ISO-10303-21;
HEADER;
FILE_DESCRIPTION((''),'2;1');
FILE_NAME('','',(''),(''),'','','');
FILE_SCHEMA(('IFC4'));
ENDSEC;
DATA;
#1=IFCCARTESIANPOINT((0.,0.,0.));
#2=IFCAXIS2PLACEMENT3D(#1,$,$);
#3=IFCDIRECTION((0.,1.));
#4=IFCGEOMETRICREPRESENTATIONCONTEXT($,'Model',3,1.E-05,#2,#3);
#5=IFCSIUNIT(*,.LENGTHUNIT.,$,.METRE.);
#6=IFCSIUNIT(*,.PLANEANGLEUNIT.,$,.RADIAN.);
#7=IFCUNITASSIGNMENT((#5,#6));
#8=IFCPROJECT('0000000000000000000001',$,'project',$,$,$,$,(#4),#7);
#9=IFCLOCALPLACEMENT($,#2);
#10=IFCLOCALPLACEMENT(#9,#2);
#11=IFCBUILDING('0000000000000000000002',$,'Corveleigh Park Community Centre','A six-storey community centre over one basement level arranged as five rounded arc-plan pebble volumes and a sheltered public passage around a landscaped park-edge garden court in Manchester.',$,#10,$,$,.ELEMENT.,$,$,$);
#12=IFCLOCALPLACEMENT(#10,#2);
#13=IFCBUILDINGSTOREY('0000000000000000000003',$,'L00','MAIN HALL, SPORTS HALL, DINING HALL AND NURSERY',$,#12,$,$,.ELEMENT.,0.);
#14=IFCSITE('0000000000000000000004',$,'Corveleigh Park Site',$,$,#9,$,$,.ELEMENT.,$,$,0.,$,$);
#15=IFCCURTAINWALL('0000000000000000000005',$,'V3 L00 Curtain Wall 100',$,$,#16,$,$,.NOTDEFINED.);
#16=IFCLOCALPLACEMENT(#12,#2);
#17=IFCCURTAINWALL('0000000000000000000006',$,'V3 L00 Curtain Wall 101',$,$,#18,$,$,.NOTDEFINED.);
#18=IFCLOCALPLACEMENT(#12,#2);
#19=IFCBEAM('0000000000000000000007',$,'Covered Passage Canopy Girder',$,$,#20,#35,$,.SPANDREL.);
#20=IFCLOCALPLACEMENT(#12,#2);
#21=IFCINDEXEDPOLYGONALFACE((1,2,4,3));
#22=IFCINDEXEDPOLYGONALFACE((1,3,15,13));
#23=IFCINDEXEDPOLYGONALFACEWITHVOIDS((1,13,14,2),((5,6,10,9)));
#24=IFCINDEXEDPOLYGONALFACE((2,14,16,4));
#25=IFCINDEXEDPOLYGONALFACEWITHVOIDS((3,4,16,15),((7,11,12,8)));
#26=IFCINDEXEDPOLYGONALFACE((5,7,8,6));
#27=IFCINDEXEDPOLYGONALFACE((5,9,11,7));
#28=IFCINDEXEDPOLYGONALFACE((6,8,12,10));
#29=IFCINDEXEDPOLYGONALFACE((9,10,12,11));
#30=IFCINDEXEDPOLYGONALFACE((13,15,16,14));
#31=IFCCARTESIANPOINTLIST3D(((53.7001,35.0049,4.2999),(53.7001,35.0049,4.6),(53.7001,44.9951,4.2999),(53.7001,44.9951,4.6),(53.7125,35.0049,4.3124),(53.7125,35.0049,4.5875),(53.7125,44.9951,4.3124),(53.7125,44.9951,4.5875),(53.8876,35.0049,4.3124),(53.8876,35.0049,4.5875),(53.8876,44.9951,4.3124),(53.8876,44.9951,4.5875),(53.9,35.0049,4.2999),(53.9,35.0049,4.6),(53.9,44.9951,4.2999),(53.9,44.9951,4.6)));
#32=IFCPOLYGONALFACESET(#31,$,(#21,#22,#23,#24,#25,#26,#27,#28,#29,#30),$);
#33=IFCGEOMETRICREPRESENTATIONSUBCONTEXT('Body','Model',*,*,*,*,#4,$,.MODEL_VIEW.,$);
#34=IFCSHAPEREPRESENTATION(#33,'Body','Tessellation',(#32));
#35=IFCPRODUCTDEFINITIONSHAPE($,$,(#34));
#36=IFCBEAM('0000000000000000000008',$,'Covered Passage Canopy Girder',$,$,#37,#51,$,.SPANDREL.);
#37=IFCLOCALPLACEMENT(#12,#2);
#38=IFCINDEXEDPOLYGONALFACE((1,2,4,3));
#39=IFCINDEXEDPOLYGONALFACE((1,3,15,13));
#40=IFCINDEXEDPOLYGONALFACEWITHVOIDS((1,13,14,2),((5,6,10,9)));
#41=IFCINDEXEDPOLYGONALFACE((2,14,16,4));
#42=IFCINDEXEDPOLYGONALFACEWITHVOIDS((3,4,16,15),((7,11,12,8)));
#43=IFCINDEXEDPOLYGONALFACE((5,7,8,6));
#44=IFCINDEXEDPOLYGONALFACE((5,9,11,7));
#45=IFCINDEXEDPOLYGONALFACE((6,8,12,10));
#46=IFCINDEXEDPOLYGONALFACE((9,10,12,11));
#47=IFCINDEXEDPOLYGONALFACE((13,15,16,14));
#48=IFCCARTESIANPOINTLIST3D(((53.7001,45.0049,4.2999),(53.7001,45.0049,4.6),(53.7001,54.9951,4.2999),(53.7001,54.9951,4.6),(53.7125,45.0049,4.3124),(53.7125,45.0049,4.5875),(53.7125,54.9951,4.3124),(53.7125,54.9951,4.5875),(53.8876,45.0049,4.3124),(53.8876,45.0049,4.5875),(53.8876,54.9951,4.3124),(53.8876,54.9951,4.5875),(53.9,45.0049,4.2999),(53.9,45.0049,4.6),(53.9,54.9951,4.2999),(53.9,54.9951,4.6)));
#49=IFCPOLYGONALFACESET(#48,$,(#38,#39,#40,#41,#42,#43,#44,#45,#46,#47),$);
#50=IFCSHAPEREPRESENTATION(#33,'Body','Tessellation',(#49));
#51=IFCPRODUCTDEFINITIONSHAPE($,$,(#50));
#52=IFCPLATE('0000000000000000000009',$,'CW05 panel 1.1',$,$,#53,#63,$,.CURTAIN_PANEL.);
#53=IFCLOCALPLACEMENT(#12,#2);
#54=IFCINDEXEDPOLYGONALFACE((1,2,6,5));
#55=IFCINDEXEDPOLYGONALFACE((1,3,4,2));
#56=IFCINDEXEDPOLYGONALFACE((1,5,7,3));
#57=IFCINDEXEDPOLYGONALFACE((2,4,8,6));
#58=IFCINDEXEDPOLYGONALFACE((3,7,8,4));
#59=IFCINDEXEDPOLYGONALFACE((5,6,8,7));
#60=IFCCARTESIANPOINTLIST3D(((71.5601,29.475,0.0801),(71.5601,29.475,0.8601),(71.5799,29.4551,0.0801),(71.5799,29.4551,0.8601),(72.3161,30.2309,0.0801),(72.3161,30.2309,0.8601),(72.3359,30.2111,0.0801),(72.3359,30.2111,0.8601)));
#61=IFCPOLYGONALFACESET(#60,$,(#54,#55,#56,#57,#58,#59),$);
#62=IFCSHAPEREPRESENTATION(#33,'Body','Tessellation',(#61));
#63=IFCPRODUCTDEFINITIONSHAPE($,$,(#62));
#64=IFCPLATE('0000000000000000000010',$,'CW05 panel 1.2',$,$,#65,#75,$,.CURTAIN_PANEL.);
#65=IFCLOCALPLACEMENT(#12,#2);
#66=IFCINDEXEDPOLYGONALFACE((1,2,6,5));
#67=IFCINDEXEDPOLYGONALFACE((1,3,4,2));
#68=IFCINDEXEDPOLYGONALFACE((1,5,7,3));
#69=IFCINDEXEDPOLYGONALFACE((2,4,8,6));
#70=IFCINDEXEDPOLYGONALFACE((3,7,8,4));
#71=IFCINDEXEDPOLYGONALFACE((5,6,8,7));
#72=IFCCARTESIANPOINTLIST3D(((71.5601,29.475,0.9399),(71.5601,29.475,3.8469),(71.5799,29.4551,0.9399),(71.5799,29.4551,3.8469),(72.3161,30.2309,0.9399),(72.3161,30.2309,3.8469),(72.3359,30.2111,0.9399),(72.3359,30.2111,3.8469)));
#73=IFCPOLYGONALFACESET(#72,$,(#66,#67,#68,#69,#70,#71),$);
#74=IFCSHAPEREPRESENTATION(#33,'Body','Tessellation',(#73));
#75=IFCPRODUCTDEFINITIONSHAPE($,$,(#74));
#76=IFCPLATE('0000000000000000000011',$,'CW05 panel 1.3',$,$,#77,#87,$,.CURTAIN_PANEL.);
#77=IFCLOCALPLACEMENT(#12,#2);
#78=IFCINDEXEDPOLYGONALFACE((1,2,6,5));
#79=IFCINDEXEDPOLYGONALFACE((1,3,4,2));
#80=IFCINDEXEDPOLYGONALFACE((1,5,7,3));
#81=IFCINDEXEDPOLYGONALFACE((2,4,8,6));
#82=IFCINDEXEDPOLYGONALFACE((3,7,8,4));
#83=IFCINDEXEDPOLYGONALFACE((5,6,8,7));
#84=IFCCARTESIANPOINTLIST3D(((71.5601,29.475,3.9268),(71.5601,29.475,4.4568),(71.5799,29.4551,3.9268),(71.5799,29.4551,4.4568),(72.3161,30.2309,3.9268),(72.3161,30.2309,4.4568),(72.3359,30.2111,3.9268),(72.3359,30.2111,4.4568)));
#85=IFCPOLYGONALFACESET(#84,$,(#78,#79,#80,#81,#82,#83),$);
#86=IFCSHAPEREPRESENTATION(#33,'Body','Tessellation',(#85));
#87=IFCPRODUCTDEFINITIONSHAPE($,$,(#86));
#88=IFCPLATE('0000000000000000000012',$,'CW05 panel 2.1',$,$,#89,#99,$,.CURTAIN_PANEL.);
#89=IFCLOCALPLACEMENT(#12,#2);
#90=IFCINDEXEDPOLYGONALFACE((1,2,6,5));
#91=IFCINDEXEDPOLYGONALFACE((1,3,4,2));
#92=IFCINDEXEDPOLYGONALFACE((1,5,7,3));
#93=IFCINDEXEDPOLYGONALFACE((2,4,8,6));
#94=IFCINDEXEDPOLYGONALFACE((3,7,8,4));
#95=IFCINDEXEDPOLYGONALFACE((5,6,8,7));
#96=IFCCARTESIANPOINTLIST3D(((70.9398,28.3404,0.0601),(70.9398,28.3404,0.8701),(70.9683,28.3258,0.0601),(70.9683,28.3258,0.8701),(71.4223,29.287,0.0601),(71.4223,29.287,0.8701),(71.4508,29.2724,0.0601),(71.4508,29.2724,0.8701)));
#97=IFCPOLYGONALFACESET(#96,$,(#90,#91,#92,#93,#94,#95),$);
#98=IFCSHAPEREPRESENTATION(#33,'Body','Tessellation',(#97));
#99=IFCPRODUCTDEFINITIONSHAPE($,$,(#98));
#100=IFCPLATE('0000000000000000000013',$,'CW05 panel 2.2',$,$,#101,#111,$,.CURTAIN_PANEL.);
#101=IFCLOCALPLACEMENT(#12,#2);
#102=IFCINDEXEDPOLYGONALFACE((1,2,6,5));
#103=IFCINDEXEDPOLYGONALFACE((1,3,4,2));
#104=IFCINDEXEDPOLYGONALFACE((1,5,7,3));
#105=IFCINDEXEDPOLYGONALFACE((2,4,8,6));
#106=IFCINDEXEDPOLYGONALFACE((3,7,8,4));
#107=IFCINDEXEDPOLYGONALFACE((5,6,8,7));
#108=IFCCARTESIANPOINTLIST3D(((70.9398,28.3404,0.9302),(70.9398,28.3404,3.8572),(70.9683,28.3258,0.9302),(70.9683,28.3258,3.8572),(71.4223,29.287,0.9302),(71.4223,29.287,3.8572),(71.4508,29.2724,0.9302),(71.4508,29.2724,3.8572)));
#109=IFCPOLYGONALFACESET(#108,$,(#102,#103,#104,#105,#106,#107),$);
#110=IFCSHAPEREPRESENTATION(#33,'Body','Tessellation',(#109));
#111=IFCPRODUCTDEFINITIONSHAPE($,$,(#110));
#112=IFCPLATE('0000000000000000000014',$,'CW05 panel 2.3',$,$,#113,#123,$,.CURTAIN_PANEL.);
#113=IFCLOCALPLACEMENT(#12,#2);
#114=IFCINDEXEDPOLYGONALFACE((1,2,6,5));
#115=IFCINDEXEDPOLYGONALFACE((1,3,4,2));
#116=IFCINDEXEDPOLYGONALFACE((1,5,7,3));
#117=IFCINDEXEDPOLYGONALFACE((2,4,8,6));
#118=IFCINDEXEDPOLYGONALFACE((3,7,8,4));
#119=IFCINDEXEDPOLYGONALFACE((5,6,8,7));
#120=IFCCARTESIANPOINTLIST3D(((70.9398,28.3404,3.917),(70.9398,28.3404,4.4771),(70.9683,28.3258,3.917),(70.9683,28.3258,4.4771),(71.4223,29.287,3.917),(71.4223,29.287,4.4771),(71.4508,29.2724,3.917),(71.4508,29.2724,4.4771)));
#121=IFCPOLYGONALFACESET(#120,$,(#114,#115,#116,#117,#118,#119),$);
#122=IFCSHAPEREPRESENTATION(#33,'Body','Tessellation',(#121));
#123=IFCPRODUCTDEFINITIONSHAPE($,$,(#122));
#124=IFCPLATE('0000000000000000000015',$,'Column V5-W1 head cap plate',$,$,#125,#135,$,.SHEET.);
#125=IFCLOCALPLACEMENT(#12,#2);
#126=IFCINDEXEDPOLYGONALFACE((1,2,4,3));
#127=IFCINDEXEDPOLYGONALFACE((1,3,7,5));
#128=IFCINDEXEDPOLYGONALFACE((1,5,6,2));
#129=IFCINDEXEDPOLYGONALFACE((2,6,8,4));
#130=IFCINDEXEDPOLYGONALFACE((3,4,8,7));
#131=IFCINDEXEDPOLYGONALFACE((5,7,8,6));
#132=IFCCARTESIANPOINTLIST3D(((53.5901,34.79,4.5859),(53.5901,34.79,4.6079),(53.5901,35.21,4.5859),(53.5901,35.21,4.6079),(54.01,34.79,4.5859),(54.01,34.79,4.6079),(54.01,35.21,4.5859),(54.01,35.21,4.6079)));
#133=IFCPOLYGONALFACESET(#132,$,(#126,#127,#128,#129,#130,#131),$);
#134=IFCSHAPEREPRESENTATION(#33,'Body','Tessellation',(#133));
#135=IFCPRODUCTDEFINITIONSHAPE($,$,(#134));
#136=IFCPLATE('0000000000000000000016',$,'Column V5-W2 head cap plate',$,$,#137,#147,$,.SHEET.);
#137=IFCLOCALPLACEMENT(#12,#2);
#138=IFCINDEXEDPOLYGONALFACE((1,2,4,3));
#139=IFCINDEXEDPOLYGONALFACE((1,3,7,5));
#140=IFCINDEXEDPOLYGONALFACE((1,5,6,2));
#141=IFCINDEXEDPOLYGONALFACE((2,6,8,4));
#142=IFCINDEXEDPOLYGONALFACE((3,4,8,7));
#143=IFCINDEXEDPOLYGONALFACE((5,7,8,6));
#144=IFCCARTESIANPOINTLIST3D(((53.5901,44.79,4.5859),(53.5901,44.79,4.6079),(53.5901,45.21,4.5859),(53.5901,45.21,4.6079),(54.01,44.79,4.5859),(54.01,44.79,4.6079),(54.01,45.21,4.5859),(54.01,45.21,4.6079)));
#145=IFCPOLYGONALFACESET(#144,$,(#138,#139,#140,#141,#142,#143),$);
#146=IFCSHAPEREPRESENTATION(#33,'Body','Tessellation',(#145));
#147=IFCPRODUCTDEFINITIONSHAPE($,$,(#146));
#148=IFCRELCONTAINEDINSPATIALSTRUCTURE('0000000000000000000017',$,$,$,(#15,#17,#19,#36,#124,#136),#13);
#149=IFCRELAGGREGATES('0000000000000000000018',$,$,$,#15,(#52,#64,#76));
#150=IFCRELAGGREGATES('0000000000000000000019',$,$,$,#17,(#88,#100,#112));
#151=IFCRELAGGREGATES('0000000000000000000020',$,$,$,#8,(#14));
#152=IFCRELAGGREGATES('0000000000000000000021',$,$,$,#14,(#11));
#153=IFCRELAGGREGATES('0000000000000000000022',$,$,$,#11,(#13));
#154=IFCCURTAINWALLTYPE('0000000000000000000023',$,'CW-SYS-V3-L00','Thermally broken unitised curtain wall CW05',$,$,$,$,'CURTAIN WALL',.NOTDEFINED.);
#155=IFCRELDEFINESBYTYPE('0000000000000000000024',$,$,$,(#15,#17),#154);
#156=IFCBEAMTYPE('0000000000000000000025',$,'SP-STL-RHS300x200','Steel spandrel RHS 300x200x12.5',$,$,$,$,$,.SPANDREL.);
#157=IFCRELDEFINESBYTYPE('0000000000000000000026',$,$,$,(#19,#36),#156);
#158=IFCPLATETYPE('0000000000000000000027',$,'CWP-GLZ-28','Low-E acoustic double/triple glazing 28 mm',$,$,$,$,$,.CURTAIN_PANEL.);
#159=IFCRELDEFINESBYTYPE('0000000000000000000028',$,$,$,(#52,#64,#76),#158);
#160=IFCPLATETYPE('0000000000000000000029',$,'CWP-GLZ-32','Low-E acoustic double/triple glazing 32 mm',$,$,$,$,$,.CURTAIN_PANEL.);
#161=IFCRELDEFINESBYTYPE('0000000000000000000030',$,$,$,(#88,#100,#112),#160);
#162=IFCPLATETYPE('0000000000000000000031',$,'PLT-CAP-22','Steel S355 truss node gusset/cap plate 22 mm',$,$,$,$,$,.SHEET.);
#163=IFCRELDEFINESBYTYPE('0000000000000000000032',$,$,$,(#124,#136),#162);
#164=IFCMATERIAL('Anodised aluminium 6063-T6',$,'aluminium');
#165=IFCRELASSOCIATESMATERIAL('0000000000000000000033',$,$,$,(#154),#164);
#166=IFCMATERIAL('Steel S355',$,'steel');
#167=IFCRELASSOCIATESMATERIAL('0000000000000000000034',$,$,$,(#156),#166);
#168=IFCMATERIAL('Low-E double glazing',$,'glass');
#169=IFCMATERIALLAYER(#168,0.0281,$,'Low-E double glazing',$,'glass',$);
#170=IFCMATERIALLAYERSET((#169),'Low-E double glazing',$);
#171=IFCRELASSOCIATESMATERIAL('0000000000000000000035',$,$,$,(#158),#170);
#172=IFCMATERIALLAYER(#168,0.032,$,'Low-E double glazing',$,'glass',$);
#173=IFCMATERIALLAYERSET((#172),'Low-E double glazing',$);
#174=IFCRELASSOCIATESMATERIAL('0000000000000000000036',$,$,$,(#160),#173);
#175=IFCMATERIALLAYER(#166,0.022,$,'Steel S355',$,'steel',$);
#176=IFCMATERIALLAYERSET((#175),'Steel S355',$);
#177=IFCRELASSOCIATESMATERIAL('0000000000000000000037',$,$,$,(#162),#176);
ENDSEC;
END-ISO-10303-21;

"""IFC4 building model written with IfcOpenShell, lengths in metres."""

from ifc_helpers import new_model, si_unit, direction, frame, origin, origin_2d, place, context, subcontext, project, spatial, rectangle, hollow_rectangle, extrude, material, layer, layer_set, material_profile, profile_set, type_object, element, aggregate, save


model = new_model("IFC4")

# Units and contexts
model_context = context("Model", 3, precision=1e-05, world=origin(), true_north=direction((0.0, 1.0)))
body_context = subcontext(model_context, "Body", "Model", "MODEL_VIEW")
ifc_project = project(units=[si_unit("LENGTHUNIT", "METRE"), si_unit("PLANEANGLEUNIT", "RADIAN")], contexts=[model_context])

# Site, building, storey
site_placement = place(None, origin())
site = spatial("IfcSite", under=ifc_project, at=site_placement, Name="Corveleigh Park Site", CompositionType="ELEMENT", RefElevation=0.0)
building_placement = place(site_placement, origin())
building = spatial("IfcBuilding", under=site, at=building_placement, Name="Corveleigh Park Community Centre", Description="A six-storey community centre over one basement level arranged as five rounded arc-plan pebble volumes and a sheltered public passage around a landscaped park-edge garden court in Manchester.", CompositionType="ELEMENT")
storey_placement = place(building_placement, origin())
storey = spatial("IfcBuildingStorey", under=building, at=storey_placement, Name="L00", Description="MAIN HALL, SPORTS HALL, DINING HALL AND NURSERY", CompositionType="ELEMENT", Elevation=0.0)

# Shared definitions
ifc_material_1 = material(Name="Steel S355", Category="steel")

# Curtain walls
ifc_material_2 = material(Name="Anodised aluminium 6063-T6", Category="aluminium")
curtain_wall_type = type_object("IfcCurtainWallType", Name="CW-SYS-V3-L00", Description="Thermally broken unitised curtain wall CW05", ElementType="CURTAIN WALL", PredefinedType="NOTDEFINED", material=ifc_material_2)
curtain_wall_1_placement = place(storey_placement, origin())
curtain_wall_1 = element("IfcCurtainWall", 1, at=curtain_wall_1_placement, inside=storey, type_object=curtain_wall_type, Name="V3 L00 Curtain Wall 100", PredefinedType="NOTDEFINED")
curtain_wall_2_placement = place(storey_placement, origin())
curtain_wall_2 = element("IfcCurtainWall", 2, at=curtain_wall_2_placement, inside=storey, type_object=curtain_wall_type, Name="V3 L00 Curtain Wall 101", PredefinedType="NOTDEFINED")

# Beams
ifc_material_profile_1 = material_profile(ifc_material_1, hollow_rectangle(XDim=0.2, YDim=0.3, WallThickness=0.0125, at=origin_2d()), Name="RHS 300x200x12.5", Category="steel")
ifc_profile_set_1 = profile_set([ifc_material_profile_1], Name="Steel S355")
beam_type_1 = type_object("IfcBeamType", Name="SP-STL-RHS300x200", Description="Steel spandrel RHS 300x200x12.5", PredefinedType="SPANDREL", material=ifc_profile_set_1)
for number, where, z_axis, x_axis, name in (
    (3, (53.8, 35.0049, 4.45), (0.0, 1.0, 0.0), (-1.0, 0.0, 0.0), "Covered Passage Canopy Girder"),
    (4, (53.8, 45.0049, 4.45), (0.0, 1.0, 0.0), (-1.0, 0.0, 0.0), "Covered Passage Canopy Girder"),
):
    element("IfcBeam", number, at=place(storey_placement, frame(where, z_axis=z_axis, x_axis=x_axis)), inside=storey, type_object=beam_type_1, Name=name, PredefinedType="SPANDREL", context=body_context, shape_type="SweptSolid", body=[
        extrude(hollow_rectangle(XDim=0.2, YDim=0.3, WallThickness=0.0125, at=origin_2d()), origin(), (0.0, 0.0, 1.0), 9.9902),
    ])

# Plates
ifc_material_3 = material(Name="Low-E double glazing", Category="glass")
ifc_layer_1 = layer(ifc_material_3, 0.0281, Name="Low-E double glazing", Category="glass")
ifc_layer_set_1 = layer_set([ifc_layer_1], Name="Low-E double glazing")
plate_type_1 = type_object("IfcPlateType", Name="CWP-GLZ-28", Description="Low-E acoustic double/triple glazing 28 mm", PredefinedType="CURTAIN_PANEL", material=ifc_layer_set_1)
plate_1_placement = place(storey_placement, frame((71.948, 29.843, 0.0801), z_axis=(0.0, 0.0, 1.0), x_axis=(0.707107, 0.707107, 0.0)))
plate_1 = element("IfcPlate", 5, at=plate_1_placement, type_object=plate_type_1, Name="CW05 panel 1.1", PredefinedType="CURTAIN_PANEL", context=body_context, shape_type="SweptSolid", body=[
    extrude(rectangle(XDim=1.0691, YDim=0.0281, at=origin_2d()), origin(), (0.0, 0.0, 1.0), 0.78),
])
plate_2_placement = place(storey_placement, frame((71.948, 29.843, 0.9399), z_axis=(0.0, 0.0, 1.0), x_axis=(0.707107, 0.707107, 0.0)))
plate_2 = element("IfcPlate", 6, at=plate_2_placement, type_object=plate_type_1, Name="CW05 panel 1.2", PredefinedType="CURTAIN_PANEL", context=body_context, shape_type="SweptSolid", body=[
    extrude(rectangle(XDim=1.0691, YDim=0.0281, at=origin_2d()), origin(), (0.0, 0.0, 1.0), 2.907),
])
plate_3_placement = place(storey_placement, frame((71.948, 29.843, 3.9268), z_axis=(0.0, 0.0, 1.0), x_axis=(0.707107, 0.707107, 0.0)))
plate_3 = element("IfcPlate", 7, at=plate_3_placement, type_object=plate_type_1, Name="CW05 panel 1.3", PredefinedType="CURTAIN_PANEL", context=body_context, shape_type="SweptSolid", body=[
    extrude(rectangle(XDim=1.0691, YDim=0.0281, at=origin_2d()), origin(), (0.0, 0.0, 1.0), 0.53),
])
aggregate(curtain_wall_1, [plate_1, plate_2, plate_3])
ifc_layer_2 = layer(ifc_material_3, 0.032, Name="Low-E double glazing", Category="glass")
ifc_layer_set_2 = layer_set([ifc_layer_2], Name="Low-E double glazing")
plate_type_2 = type_object("IfcPlateType", Name="CWP-GLZ-32", Description="Low-E acoustic double/triple glazing 32 mm", PredefinedType="CURTAIN_PANEL", material=ifc_layer_set_2)
plate_4_placement = place(storey_placement, frame((71.1953, 28.8064, 0.0601), z_axis=(0.0, 0.0, 1.0), x_axis=(0.454135, 0.890933, 0.0)))
plate_4 = element("IfcPlate", 8, at=plate_4_placement, type_object=plate_type_2, Name="CW05 panel 2.1", PredefinedType="CURTAIN_PANEL", context=body_context, shape_type="SweptSolid", body=[
    extrude(rectangle(XDim=1.0625, YDim=0.032, at=origin_2d()), origin(), (0.0, 0.0, 1.0), 0.8101),
])
plate_5_placement = place(storey_placement, frame((71.1953, 28.8064, 0.9302), z_axis=(0.0, 0.0, 1.0), x_axis=(0.454135, 0.890933, 0.0)))
plate_5 = element("IfcPlate", 9, at=plate_5_placement, type_object=plate_type_2, Name="CW05 panel 2.2", PredefinedType="CURTAIN_PANEL", context=body_context, shape_type="SweptSolid", body=[
    extrude(rectangle(XDim=1.0625, YDim=0.032, at=origin_2d()), origin(), (0.0, 0.0, 1.0), 2.927),
])
plate_6_placement = place(storey_placement, frame((71.1953, 28.8064, 3.917), z_axis=(0.0, 0.0, 1.0), x_axis=(0.454135, 0.890933, 0.0)))
plate_6 = element("IfcPlate", 10, at=plate_6_placement, type_object=plate_type_2, Name="CW05 panel 2.3", PredefinedType="CURTAIN_PANEL", context=body_context, shape_type="SweptSolid", body=[
    extrude(rectangle(XDim=1.0625, YDim=0.032, at=origin_2d()), origin(), (0.0, 0.0, 1.0), 0.5601),
])
aggregate(curtain_wall_2, [plate_4, plate_5, plate_6])

# Plates
ifc_layer_3 = layer(ifc_material_1, 0.022, Name="Steel S355", Category="steel")
ifc_layer_set_3 = layer_set([ifc_layer_3], Name="Steel S355")
plate_type_3 = type_object("IfcPlateType", Name="PLT-CAP-22", Description="Steel S355 truss node gusset/cap plate 22 mm", PredefinedType="SHEET", material=ifc_layer_set_3)
for number, where, z_axis, x_axis, name in (
    (11, (53.8, 35.0, 4.5859), (0.0, 0.0, 1.0), (1.0, 0.0, 0.0), "Column V5-W1 head cap plate"),
    (12, (53.8, 45.0, 4.5859), (0.0, 0.0, 1.0), (1.0, 0.0, 0.0), "Column V5-W2 head cap plate"),
):
    element("IfcPlate", number, at=place(storey_placement, frame(where, z_axis=z_axis, x_axis=x_axis)), inside=storey, type_object=plate_type_3, Name=name, PredefinedType="SHEET", context=body_context, shape_type="SweptSolid", body=[
        extrude(rectangle(XDim=0.4199, YDim=0.4199, at=origin_2d()), origin(), (0.0, 0.0, 1.0), 0.022),
    ])

save(model, "model.ifc")
